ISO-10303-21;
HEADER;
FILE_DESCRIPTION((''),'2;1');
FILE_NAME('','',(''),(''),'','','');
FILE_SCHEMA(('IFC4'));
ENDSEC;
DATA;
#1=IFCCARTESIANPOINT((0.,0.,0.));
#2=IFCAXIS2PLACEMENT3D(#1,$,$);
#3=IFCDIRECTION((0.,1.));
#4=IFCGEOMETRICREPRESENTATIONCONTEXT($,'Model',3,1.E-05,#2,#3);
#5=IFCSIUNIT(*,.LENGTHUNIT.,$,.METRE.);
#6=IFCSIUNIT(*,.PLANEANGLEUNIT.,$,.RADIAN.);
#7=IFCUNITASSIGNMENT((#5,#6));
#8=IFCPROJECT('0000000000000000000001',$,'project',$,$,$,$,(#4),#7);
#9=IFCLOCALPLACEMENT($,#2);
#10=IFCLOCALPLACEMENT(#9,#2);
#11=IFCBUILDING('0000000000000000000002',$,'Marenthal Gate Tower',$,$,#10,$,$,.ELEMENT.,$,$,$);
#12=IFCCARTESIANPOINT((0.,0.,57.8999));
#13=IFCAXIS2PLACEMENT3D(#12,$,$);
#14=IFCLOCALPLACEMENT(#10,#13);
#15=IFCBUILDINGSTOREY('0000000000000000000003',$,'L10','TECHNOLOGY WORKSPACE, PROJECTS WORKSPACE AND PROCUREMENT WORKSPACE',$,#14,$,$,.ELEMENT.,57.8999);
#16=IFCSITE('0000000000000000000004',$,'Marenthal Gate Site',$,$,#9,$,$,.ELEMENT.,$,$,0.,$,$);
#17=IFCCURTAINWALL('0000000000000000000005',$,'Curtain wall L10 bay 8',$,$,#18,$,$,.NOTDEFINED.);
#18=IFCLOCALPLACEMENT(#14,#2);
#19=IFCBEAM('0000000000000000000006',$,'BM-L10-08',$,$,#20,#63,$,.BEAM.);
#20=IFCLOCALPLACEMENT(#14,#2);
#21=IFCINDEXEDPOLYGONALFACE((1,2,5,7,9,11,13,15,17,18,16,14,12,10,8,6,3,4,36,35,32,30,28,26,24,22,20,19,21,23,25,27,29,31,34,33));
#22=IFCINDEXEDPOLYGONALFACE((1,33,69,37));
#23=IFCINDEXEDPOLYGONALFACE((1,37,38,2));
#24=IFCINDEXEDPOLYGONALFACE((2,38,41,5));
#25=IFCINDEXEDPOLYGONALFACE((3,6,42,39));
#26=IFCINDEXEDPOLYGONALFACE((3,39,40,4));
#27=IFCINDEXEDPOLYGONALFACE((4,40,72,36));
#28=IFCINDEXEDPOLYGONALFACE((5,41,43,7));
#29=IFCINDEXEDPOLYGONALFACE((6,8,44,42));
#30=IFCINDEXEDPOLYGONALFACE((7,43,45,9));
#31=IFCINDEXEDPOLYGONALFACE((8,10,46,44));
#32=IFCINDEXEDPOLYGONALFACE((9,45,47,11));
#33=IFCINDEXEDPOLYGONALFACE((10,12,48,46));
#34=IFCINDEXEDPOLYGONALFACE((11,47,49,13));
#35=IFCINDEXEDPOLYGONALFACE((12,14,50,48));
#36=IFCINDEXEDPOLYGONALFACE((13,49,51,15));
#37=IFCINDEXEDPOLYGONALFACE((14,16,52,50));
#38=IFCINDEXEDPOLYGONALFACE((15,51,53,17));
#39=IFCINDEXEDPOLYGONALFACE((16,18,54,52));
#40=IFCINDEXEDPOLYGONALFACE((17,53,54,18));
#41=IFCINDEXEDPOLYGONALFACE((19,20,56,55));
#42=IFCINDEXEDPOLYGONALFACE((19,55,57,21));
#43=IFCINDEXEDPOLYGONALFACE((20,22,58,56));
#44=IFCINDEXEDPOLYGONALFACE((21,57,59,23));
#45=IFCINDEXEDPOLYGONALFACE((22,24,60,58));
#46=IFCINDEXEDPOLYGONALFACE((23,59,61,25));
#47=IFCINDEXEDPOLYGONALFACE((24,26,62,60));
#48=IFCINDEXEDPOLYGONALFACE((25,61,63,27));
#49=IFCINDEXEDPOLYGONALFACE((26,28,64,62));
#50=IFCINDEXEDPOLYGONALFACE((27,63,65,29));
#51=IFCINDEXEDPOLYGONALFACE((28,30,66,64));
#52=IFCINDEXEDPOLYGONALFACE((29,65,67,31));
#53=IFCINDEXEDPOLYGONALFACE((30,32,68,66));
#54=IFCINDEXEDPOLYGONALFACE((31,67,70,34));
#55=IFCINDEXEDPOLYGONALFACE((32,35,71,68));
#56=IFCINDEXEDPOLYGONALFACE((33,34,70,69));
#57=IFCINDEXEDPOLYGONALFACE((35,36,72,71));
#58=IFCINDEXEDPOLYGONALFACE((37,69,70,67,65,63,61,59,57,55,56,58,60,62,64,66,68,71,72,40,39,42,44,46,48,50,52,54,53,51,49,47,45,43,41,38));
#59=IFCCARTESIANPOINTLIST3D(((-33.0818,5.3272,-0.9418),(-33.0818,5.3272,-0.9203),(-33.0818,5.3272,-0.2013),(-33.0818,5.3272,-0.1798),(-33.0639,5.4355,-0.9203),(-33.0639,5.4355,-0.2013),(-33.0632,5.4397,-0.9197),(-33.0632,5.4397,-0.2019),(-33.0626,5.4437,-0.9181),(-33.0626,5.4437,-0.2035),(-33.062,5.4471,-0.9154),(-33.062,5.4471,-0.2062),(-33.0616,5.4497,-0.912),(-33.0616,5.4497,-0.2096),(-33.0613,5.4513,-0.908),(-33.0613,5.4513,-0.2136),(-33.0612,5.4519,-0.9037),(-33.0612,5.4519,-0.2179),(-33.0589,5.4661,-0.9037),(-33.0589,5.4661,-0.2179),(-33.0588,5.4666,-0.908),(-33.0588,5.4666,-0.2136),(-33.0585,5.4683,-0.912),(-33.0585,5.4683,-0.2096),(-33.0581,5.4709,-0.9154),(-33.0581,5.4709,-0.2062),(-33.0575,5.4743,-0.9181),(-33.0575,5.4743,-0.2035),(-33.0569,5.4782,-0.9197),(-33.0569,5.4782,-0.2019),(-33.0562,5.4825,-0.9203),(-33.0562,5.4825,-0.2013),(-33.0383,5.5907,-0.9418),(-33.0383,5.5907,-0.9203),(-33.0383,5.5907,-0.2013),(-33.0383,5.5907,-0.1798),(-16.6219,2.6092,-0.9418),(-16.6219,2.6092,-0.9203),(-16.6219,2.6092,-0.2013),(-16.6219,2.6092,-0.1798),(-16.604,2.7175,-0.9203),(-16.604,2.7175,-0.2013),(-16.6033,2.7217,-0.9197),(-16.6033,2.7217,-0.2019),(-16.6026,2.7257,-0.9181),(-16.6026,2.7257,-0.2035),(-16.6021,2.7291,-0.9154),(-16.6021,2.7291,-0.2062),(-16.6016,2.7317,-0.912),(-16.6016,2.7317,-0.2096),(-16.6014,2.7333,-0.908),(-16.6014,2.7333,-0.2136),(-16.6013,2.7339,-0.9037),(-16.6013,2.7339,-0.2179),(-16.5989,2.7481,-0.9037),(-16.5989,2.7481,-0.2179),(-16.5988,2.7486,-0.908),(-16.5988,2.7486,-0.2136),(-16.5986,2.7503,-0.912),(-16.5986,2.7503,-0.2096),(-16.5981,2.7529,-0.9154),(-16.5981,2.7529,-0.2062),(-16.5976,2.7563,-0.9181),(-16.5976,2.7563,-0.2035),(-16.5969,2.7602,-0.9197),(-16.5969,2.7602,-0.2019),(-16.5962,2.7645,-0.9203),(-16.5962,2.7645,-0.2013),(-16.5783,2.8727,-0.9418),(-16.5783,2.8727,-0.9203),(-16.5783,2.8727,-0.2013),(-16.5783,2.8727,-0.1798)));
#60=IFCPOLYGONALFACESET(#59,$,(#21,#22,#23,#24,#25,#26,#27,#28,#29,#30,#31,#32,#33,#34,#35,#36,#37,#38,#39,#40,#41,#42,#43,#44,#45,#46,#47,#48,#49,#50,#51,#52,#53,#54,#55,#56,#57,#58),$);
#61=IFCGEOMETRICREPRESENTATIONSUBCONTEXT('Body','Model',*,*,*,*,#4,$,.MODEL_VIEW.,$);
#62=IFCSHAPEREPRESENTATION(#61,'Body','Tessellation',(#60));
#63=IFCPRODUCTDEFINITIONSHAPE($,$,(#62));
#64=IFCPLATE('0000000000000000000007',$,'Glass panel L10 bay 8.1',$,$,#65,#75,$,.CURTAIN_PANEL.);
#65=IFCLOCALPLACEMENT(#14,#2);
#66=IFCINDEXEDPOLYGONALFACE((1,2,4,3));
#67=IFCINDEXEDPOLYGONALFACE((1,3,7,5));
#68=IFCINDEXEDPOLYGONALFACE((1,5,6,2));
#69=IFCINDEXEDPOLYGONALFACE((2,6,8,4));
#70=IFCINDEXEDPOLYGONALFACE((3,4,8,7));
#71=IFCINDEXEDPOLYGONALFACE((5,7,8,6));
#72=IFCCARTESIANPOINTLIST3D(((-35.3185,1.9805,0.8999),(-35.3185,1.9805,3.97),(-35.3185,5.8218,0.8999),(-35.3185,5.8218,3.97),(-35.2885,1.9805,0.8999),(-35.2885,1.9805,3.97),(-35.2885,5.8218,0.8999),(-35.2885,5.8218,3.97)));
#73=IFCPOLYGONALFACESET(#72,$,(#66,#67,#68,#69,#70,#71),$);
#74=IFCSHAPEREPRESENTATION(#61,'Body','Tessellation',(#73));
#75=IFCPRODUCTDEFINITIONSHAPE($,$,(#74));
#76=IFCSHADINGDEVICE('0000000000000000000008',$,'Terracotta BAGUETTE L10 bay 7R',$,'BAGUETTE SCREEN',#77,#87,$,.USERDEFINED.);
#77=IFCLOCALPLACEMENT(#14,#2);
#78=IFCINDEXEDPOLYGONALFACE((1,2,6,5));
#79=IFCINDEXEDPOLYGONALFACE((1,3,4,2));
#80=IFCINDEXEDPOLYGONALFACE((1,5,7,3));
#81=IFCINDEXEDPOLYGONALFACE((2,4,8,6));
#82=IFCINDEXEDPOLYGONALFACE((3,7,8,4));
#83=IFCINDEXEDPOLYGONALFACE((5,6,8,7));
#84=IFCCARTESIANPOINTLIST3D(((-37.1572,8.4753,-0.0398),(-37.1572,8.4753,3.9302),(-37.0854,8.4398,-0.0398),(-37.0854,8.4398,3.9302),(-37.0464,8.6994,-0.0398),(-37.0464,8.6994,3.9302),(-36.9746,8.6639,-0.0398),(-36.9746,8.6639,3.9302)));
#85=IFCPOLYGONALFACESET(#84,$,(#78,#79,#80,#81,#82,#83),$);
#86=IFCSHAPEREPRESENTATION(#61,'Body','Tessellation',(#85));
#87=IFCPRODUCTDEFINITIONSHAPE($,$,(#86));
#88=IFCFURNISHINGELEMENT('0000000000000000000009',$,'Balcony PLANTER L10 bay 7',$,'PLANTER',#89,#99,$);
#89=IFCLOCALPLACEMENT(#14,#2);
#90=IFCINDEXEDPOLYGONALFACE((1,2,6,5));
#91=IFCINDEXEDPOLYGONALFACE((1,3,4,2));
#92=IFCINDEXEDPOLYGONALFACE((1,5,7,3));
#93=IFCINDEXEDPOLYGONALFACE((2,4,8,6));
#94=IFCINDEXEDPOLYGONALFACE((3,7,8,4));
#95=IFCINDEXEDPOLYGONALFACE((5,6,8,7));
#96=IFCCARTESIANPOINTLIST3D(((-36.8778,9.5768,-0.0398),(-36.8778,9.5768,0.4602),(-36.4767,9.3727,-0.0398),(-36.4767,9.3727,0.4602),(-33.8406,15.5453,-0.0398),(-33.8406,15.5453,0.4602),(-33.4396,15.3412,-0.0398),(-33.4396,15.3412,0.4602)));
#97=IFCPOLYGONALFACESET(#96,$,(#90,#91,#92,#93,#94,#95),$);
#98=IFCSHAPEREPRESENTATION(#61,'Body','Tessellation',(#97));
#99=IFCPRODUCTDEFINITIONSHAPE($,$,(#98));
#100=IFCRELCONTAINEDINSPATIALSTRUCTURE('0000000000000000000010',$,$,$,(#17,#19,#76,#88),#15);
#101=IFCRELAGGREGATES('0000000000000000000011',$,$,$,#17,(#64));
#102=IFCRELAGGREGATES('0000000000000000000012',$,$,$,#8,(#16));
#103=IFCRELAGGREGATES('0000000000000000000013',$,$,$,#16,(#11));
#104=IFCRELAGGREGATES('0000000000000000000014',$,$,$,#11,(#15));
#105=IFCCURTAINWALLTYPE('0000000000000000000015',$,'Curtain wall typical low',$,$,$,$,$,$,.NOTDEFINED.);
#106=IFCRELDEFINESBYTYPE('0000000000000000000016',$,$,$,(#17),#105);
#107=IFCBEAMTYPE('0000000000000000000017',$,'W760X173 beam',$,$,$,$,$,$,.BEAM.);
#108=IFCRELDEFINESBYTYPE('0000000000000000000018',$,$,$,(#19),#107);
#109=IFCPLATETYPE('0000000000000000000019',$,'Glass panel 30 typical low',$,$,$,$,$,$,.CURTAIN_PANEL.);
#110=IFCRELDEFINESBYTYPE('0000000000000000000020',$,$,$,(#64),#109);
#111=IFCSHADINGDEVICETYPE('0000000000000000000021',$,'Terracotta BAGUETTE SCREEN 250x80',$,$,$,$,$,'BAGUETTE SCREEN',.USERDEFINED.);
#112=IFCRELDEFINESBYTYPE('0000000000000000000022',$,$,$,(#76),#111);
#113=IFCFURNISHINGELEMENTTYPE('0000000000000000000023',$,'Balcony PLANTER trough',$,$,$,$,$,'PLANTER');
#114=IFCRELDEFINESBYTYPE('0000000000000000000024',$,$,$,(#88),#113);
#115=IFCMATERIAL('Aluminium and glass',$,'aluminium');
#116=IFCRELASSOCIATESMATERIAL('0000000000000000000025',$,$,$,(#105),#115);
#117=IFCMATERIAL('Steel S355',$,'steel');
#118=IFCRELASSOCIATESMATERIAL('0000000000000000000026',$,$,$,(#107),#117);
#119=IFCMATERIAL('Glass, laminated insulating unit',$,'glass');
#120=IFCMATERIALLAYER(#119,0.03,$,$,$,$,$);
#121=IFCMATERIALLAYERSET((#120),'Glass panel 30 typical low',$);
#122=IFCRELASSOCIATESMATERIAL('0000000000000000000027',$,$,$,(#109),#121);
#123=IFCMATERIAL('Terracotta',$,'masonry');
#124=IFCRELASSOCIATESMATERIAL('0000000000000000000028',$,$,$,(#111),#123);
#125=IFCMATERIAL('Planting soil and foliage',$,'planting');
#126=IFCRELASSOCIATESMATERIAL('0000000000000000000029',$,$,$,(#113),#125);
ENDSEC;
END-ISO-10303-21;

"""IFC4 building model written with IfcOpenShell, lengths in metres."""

from ifc_helpers import new_model, si_unit, direction, frame, origin, origin_2d, place, context, subcontext, project, spatial, rectangle, i_section, extrude, material, layer, layer_set, material_profile, profile_set, type_object, element, aggregate, save


model = new_model("IFC4")

# Units and contexts
model_context = context("Model", 3, precision=1e-05, world=origin(), true_north=direction((0.0, 1.0)))
body_context = subcontext(model_context, "Body", "Model", "MODEL_VIEW")
ifc_project = project(units=[si_unit("LENGTHUNIT", "METRE"), si_unit("PLANEANGLEUNIT", "RADIAN")], contexts=[model_context])

# Site, building, storey
site_placement = place(None, origin())
site = spatial("IfcSite", under=ifc_project, at=site_placement, Name="Marenthal Gate Site", CompositionType="ELEMENT", RefElevation=0.0)
building_placement = place(site_placement, origin())
building = spatial("IfcBuilding", under=site, at=building_placement, Name="Marenthal Gate Tower", CompositionType="ELEMENT")
storey_placement = place(building_placement, frame((0.0, 0.0, 57.8999)))
storey = spatial("IfcBuildingStorey", under=building, at=storey_placement, Name="L10", Description="TECHNOLOGY WORKSPACE, PROJECTS WORKSPACE AND PROCUREMENT WORKSPACE", CompositionType="ELEMENT", Elevation=57.8999)

# Curtain wall
ifc_material_1 = material(Name="Aluminium and glass", Category="aluminium")
curtain_wall_type = type_object("IfcCurtainWallType", Name="Curtain wall typical low", PredefinedType="NOTDEFINED", material=ifc_material_1)
curtain_wall_placement = place(storey_placement, origin())
curtain_wall = element("IfcCurtainWall", 1, at=curtain_wall_placement, inside=storey, type_object=curtain_wall_type, Name="Curtain wall L10 bay 8", PredefinedType="NOTDEFINED")

# Beam
ifc_material_2 = material(Name="Steel S355", Category="steel")
ifc_material_profile_1 = material_profile(ifc_material_2, i_section(OverallWidth=0.2671, OverallDepth=0.762, WebThickness=0.0144, FlangeThickness=0.0215, FilletRadius=0.0166, at=origin_2d()), Name="W760X173")
ifc_profile_set_1 = profile_set([ifc_material_profile_1], Name="Steel S355")
beam_type_1 = type_object("IfcBeamType", Name="W760X173 beam", PredefinedType="BEAM", material=ifc_profile_set_1)
beam_1_placement = place(storey_placement, frame((-33.0601, 5.459, -0.5608), z_axis=(0.986639, -0.162923, 0.0), x_axis=(0.162923, 0.986639, 0.0)))
element("IfcBeam", 2, at=beam_1_placement, inside=storey, type_object=beam_type_1, Name="BM-L10-08", PredefinedType="BEAM", context=body_context, shape_type="SweptSolid", body=[
    extrude(i_section(OverallWidth=0.2671, OverallDepth=0.762, WebThickness=0.0144, FlangeThickness=0.0215, FilletRadius=0.0166, at=origin_2d()), origin(), (0.0, 0.0, 1.0), 16.6829),
])

# Plate
ifc_material_3 = material(Name="Glass, laminated insulating unit", Category="glass")
ifc_layer = layer(ifc_material_3, 0.03)
ifc_layer_set = layer_set([ifc_layer], Name="Glass panel 30 typical low")
plate_type = type_object("IfcPlateType", Name="Glass panel 30 typical low", PredefinedType="CURTAIN_PANEL", material=ifc_layer_set)
plate_placement = place(storey_placement, frame((-35.3035, 3.9011, 0.8999), z_axis=(0.0, 0.0, 1.0), x_axis=(0.0, -1.0, 0.0)))
plate = element("IfcPlate", 3, at=plate_placement, type_object=plate_type, Name="Glass panel L10 bay 8.1", PredefinedType="CURTAIN_PANEL", context=body_context, shape_type="SweptSolid", body=[
    extrude(rectangle(XDim=3.8413, YDim=0.03, at=origin_2d()), origin(), (0.0, 0.0, 1.0), 3.0701),
])
aggregate(curtain_wall, [plate])

# Shading device
ifc_material_4 = material(Name="Terracotta", Category="masonry")
ifc_material_profile_2 = material_profile(ifc_material_4, rectangle(XDim=0.25, YDim=0.0801, at=origin_2d()), Name="Terracotta baguette 250x80")
ifc_profile_set_2 = profile_set([ifc_material_profile_2], Name="Terracotta")
shading_device_type = type_object("IfcShadingDeviceType", Name="Terracotta BAGUETTE SCREEN 250x80", ElementType="BAGUETTE SCREEN", PredefinedType="USERDEFINED", material=ifc_profile_set_2)
shading_device_placement = place(storey_placement, frame((-37.0659, 8.5696, -0.0398), z_axis=(0.0, 0.0, 1.0), x_axis=(-0.442993, -0.896525, 0.0)))
element("IfcShadingDevice", 4, at=shading_device_placement, inside=storey, type_object=shading_device_type, Name="Terracotta BAGUETTE L10 bay 7R", ObjectType="BAGUETTE SCREEN", PredefinedType="USERDEFINED", context=body_context, shape_type="SweptSolid", body=[
    extrude(rectangle(XDim=0.25, YDim=0.0801, at=origin_2d()), origin(), (0.0, 0.0, 1.0), 3.97),
])

# Furnishing element
ifc_material_5 = material(Name="Planting soil and foliage", Category="planting")
furnishing_element_type = type_object("IfcFurnishingElementType", Name="Balcony PLANTER trough", ElementType="PLANTER", material=ifc_material_5)
furnishing_placement = place(storey_placement, frame((-35.1587, 12.459, -0.0398), z_axis=(0.0, 0.0, 1.0), x_axis=(-0.453518, -0.891247, 0.0)))
element("IfcFurnishingElement", 5, at=furnishing_placement, inside=storey, type_object=furnishing_element_type, Name="Balcony PLANTER L10 bay 7", ObjectType="PLANTER", context=body_context, shape_type="SweptSolid", body=[
    extrude(rectangle(XDim=6.6968, YDim=0.45, at=origin_2d()), origin(), (0.0, 0.0, 1.0), 0.5),
])

save(model, "model.ifc")
